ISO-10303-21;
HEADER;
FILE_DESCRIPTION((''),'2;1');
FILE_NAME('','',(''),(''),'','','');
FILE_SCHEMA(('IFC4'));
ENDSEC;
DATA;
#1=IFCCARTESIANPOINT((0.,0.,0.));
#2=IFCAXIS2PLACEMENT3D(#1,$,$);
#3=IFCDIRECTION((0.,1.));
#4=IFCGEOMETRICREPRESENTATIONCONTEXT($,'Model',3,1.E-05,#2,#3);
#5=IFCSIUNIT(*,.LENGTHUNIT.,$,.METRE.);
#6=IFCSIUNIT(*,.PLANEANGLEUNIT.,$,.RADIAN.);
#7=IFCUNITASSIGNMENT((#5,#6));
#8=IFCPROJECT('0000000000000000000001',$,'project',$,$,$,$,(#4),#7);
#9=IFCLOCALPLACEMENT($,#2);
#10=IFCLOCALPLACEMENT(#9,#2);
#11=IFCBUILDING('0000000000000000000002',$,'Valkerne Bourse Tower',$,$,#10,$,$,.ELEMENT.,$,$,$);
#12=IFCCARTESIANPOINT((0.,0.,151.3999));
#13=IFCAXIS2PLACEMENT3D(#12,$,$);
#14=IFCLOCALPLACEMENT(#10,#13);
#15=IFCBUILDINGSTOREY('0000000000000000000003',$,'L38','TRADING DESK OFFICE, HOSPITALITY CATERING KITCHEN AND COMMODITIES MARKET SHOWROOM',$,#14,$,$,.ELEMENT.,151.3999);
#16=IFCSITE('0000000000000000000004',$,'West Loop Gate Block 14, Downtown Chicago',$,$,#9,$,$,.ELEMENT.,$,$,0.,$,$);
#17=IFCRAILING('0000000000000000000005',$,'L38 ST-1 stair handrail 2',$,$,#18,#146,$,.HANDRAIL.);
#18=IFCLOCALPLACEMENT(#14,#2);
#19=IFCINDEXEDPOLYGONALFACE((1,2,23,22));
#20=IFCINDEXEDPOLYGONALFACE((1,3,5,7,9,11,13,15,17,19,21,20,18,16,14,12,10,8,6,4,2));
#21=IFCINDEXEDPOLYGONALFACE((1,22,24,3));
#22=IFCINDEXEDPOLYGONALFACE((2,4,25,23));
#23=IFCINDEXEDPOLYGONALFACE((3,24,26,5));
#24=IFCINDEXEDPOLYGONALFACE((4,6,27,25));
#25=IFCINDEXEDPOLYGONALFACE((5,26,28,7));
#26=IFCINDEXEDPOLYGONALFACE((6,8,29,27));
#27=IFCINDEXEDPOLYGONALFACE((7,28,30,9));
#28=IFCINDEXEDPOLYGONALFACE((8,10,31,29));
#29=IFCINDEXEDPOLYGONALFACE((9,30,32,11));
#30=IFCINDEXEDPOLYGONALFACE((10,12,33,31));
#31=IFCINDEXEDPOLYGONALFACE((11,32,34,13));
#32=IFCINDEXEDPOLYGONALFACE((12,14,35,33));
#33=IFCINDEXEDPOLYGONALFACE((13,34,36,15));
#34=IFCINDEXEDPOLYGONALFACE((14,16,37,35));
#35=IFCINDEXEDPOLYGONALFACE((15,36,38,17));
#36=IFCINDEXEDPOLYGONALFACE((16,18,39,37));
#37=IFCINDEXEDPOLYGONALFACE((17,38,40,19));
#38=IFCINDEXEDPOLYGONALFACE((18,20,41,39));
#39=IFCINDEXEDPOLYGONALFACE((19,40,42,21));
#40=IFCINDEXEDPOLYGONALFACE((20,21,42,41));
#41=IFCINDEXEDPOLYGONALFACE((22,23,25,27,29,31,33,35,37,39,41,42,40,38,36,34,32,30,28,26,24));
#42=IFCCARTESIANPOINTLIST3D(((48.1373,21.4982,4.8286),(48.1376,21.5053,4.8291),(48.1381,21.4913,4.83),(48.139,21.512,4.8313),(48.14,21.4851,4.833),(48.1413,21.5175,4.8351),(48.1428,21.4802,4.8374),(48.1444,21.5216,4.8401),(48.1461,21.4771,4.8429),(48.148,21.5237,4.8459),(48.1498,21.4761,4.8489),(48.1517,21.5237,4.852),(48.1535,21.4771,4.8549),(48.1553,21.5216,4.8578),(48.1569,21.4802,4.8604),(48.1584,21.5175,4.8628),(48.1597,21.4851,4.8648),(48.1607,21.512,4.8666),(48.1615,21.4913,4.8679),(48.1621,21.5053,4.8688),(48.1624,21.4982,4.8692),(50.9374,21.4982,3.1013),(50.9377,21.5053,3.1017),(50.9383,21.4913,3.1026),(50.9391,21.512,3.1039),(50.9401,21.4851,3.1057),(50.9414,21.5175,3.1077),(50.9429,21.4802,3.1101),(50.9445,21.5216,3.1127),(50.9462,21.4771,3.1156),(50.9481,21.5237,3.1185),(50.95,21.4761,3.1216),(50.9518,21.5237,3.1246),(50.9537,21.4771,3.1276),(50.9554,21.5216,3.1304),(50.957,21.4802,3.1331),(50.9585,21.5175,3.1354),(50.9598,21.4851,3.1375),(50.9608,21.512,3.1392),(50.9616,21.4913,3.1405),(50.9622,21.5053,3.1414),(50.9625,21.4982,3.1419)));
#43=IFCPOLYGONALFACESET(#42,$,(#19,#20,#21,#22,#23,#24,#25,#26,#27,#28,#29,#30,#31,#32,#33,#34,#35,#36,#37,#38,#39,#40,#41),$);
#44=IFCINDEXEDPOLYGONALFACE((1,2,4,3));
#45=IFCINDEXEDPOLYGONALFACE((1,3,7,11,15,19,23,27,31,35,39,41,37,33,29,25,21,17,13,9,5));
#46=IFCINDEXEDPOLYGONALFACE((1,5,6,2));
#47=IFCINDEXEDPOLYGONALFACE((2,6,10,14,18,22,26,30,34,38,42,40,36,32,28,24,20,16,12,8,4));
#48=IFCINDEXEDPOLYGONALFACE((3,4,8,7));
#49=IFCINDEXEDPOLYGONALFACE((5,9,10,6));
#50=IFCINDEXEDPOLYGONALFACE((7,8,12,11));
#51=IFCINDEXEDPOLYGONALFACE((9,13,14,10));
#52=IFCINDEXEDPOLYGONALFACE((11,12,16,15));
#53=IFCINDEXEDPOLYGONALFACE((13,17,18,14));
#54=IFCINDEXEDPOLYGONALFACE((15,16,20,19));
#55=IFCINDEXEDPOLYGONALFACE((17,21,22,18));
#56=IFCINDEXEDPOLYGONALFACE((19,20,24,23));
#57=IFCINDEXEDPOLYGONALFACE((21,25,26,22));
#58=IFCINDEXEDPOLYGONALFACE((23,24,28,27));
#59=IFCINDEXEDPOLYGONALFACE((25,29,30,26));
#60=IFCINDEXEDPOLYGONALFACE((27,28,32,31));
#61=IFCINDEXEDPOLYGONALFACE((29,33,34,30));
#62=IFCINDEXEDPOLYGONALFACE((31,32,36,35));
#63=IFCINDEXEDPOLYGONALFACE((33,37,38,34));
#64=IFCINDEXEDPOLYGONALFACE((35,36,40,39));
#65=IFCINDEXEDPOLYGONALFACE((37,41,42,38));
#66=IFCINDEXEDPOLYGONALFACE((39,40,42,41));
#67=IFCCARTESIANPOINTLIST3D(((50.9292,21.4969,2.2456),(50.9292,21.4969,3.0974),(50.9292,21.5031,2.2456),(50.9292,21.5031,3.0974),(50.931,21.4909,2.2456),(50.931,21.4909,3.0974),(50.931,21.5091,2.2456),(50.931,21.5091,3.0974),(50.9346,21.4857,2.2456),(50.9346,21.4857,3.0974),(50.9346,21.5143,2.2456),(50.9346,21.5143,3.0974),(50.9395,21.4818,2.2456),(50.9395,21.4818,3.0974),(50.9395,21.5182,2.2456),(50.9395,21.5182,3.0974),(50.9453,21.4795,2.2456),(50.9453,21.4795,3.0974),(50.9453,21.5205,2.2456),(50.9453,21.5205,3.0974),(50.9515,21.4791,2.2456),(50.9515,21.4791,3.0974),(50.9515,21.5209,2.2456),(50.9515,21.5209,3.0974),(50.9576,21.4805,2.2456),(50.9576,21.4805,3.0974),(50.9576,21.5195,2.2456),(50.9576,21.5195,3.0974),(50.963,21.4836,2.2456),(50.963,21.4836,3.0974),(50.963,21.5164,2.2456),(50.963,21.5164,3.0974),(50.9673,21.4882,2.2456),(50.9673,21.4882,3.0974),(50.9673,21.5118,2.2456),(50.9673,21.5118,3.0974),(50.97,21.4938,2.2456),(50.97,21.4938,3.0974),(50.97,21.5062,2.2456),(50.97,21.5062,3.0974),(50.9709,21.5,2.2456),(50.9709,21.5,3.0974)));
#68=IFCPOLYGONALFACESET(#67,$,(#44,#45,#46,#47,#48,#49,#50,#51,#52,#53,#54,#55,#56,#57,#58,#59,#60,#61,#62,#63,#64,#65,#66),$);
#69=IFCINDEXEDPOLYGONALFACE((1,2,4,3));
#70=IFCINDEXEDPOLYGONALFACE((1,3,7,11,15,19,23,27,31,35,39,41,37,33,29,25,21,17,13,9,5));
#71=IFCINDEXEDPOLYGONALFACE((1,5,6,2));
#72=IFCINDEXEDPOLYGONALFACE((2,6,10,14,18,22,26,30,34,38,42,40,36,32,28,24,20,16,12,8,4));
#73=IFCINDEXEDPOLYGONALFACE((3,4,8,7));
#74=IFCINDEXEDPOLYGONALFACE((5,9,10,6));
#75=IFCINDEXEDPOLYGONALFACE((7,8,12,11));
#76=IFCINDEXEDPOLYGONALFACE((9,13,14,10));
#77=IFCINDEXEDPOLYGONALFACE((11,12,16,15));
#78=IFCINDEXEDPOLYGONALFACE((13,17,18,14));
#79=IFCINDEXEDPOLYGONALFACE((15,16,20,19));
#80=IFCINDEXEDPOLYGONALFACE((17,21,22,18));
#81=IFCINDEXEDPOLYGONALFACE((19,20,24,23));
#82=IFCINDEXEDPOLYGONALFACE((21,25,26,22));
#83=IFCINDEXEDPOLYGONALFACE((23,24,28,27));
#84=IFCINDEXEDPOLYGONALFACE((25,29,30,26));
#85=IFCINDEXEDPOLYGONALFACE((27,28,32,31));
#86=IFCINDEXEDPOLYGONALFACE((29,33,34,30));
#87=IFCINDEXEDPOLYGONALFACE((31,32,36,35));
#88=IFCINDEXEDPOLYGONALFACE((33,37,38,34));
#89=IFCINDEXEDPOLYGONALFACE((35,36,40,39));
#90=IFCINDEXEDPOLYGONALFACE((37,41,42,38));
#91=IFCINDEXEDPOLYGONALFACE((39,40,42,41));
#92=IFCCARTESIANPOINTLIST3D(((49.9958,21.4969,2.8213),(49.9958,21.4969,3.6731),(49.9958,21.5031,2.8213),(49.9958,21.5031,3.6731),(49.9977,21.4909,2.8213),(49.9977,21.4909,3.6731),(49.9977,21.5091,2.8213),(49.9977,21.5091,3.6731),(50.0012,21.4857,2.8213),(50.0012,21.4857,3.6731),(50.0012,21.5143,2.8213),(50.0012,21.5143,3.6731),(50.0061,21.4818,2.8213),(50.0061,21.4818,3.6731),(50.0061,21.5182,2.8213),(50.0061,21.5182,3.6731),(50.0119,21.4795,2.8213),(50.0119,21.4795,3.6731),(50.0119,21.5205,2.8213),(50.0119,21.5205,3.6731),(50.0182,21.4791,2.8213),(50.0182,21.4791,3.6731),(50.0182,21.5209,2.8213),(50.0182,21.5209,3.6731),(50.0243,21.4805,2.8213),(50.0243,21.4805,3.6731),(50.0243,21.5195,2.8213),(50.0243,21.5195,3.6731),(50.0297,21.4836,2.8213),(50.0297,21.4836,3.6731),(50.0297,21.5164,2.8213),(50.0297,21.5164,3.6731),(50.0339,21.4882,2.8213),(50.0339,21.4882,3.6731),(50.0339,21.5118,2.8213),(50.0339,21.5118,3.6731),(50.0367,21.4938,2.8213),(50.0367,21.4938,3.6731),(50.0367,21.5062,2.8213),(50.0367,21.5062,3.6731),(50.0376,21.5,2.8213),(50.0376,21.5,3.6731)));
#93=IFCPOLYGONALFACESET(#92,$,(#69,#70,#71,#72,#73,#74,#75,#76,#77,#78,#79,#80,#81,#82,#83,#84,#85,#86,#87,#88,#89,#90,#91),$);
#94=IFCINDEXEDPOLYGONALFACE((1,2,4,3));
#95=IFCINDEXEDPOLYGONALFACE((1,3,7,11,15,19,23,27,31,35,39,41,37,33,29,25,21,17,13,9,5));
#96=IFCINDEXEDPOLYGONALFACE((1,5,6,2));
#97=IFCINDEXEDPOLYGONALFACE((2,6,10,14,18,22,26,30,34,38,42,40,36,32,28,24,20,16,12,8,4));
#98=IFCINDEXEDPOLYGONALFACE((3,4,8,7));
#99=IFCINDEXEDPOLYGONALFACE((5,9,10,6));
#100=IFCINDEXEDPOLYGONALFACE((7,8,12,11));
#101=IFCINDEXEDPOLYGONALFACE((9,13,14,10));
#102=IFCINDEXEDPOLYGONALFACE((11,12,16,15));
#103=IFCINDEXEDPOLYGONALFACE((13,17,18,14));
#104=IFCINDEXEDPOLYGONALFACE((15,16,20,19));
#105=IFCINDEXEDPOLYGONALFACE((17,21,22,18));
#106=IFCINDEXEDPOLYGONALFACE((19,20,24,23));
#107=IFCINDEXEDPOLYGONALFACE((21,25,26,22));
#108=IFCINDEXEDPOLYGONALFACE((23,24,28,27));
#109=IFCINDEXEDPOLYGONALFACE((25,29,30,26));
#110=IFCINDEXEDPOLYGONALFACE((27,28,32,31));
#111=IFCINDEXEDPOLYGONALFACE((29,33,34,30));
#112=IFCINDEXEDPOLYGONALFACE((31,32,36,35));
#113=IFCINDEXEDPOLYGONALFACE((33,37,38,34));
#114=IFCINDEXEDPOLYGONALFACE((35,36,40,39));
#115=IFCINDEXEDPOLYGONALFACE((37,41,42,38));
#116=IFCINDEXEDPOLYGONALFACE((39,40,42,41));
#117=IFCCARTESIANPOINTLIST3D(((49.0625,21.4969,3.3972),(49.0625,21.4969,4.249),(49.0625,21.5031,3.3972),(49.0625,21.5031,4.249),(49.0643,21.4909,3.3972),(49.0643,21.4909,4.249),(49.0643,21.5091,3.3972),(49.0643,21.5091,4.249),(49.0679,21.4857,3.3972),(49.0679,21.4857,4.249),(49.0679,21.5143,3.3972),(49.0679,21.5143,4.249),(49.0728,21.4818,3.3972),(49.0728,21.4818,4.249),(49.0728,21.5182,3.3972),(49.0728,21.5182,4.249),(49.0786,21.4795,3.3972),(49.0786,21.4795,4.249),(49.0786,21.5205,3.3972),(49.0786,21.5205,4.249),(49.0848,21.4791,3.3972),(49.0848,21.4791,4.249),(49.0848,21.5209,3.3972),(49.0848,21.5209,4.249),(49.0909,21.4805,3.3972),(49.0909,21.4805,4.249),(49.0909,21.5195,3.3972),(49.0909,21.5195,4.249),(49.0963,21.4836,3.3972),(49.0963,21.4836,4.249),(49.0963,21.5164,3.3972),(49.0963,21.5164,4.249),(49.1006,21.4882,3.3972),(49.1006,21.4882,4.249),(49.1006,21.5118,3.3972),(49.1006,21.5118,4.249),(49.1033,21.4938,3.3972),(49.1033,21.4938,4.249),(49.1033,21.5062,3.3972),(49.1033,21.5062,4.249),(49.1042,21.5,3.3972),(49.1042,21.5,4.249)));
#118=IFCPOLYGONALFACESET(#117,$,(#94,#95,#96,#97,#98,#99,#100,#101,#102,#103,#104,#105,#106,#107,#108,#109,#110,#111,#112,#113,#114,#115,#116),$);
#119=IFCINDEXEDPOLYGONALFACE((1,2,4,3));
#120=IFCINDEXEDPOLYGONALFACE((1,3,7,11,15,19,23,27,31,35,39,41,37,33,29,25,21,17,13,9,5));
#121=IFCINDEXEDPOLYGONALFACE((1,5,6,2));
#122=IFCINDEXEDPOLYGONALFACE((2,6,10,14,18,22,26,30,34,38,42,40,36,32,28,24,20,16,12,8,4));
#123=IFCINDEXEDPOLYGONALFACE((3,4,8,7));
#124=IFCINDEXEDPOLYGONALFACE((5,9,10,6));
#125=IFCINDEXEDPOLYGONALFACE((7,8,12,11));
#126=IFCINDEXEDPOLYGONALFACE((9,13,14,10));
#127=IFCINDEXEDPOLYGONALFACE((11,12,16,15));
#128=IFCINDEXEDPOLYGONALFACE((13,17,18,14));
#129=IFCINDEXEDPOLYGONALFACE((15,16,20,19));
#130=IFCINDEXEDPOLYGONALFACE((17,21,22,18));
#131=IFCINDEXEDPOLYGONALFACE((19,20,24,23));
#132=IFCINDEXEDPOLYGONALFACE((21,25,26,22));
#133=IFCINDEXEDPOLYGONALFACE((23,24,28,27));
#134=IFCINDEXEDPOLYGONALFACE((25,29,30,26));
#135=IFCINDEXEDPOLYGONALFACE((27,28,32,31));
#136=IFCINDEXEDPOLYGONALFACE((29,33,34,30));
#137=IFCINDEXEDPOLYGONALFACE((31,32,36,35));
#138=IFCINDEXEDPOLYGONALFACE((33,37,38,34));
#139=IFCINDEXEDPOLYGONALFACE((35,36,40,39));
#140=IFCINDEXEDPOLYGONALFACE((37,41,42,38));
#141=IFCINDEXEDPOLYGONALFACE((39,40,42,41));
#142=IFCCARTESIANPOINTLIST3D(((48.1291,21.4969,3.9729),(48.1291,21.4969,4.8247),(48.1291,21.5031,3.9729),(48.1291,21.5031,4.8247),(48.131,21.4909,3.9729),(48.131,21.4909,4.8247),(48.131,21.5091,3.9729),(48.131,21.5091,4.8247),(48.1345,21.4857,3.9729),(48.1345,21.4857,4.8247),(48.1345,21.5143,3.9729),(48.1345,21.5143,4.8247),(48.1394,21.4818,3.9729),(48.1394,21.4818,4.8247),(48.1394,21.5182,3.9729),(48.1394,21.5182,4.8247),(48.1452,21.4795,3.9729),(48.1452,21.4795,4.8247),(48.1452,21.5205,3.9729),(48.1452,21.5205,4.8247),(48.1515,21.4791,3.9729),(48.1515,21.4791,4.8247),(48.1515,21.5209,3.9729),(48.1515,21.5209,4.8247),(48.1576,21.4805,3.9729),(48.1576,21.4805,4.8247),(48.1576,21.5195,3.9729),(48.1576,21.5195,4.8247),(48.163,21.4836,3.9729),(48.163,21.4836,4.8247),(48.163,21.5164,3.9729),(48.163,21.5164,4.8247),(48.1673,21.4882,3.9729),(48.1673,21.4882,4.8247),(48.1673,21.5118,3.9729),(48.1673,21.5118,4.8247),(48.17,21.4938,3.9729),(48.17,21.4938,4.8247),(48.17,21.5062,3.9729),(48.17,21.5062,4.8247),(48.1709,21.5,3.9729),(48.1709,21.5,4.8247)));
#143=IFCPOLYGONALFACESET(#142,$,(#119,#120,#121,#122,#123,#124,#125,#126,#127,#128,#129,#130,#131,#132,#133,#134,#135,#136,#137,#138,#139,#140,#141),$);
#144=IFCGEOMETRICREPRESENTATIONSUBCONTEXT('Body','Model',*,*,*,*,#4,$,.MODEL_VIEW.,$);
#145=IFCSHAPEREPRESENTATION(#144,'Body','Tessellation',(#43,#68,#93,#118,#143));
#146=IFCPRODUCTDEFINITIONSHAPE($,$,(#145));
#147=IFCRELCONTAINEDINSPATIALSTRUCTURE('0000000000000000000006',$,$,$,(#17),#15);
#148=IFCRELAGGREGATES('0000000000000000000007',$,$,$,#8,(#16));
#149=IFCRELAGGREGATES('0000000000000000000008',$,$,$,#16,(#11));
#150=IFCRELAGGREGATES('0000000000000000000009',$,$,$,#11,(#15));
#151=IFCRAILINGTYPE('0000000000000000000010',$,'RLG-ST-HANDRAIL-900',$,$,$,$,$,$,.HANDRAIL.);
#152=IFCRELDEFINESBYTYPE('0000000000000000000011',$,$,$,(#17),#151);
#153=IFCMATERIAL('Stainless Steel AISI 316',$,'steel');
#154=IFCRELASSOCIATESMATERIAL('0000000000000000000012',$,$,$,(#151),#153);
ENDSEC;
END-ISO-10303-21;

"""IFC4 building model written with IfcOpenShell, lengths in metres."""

from ifc_helpers import new_model, si_unit, direction, frame, origin, origin_2d, place, context, subcontext, project, spatial, circle, extrude, material, type_object, element, save


model = new_model("IFC4")

# Units and contexts
model_context = context("Model", 3, precision=1e-05, world=origin(), true_north=direction((0.0, 1.0)))
body_context = subcontext(model_context, "Body", "Model", "MODEL_VIEW")
ifc_project = project(units=[si_unit("LENGTHUNIT", "METRE"), si_unit("PLANEANGLEUNIT", "RADIAN")], contexts=[model_context])

# Site, building, storey
site_placement = place(None, origin())
site = spatial("IfcSite", under=ifc_project, at=site_placement, Name="West Loop Gate Block 14, Downtown Chicago", CompositionType="ELEMENT", RefElevation=0.0)
building_placement = place(site_placement, origin())
building = spatial("IfcBuilding", under=site, at=building_placement, Name="Valkerne Bourse Tower", CompositionType="ELEMENT")
storey_placement = place(building_placement, frame((0.0, 0.0, 151.3999)))
storey = spatial("IfcBuildingStorey", under=building, at=storey_placement, Name="L38", Description="TRADING DESK OFFICE, HOSPITALITY CATERING KITCHEN AND COMMODITIES MARKET SHOWROOM", CompositionType="ELEMENT", Elevation=151.3999)

# Shared definitions
ifc_material_1 = material(Name="Stainless Steel AISI 316", Category="steel")

# Railing
railing_type_1 = type_object("IfcRailingType", Name="RLG-ST-HANDRAIL-900", PredefinedType="HANDRAIL", material=ifc_material_1)
railing_1_placement = place(storey_placement, frame((50.95, 21.5, 2.2456)))
element("IfcRailing", 1, at=railing_1_placement, inside=storey, type_object=railing_type_1, Name="L38 ST-1 stair handrail 2", PredefinedType="HANDRAIL", context=body_context, shape_type="SweptSolid", body=[
    extrude(circle(Radius=0.0239, at=origin_2d()), frame((0.0, 0.0, 0.876), z_axis=(-0.85109, 0.0, 0.52502), x_axis=(0.0, -1.0, 0.0)), (0.0, 0.0, 1.0), 3.29),
    extrude(circle(Radius=0.021, at=origin_2d()), origin(), (0.0, 0.0, 1.0), 0.8518),
    extrude(circle(Radius=0.021, at=origin_2d()), frame((-0.9333, 0.0, 0.5757)), (0.0, 0.0, 1.0), 0.8518),
    extrude(circle(Radius=0.021, at=origin_2d()), frame((-1.8667, 0.0, 1.1516)), (0.0, 0.0, 1.0), 0.8518),
    extrude(circle(Radius=0.021, at=origin_2d()), frame((-2.8, 0.0, 1.7273)), (0.0, 0.0, 1.0), 0.8518),
])

save(model, "model.ifc")
